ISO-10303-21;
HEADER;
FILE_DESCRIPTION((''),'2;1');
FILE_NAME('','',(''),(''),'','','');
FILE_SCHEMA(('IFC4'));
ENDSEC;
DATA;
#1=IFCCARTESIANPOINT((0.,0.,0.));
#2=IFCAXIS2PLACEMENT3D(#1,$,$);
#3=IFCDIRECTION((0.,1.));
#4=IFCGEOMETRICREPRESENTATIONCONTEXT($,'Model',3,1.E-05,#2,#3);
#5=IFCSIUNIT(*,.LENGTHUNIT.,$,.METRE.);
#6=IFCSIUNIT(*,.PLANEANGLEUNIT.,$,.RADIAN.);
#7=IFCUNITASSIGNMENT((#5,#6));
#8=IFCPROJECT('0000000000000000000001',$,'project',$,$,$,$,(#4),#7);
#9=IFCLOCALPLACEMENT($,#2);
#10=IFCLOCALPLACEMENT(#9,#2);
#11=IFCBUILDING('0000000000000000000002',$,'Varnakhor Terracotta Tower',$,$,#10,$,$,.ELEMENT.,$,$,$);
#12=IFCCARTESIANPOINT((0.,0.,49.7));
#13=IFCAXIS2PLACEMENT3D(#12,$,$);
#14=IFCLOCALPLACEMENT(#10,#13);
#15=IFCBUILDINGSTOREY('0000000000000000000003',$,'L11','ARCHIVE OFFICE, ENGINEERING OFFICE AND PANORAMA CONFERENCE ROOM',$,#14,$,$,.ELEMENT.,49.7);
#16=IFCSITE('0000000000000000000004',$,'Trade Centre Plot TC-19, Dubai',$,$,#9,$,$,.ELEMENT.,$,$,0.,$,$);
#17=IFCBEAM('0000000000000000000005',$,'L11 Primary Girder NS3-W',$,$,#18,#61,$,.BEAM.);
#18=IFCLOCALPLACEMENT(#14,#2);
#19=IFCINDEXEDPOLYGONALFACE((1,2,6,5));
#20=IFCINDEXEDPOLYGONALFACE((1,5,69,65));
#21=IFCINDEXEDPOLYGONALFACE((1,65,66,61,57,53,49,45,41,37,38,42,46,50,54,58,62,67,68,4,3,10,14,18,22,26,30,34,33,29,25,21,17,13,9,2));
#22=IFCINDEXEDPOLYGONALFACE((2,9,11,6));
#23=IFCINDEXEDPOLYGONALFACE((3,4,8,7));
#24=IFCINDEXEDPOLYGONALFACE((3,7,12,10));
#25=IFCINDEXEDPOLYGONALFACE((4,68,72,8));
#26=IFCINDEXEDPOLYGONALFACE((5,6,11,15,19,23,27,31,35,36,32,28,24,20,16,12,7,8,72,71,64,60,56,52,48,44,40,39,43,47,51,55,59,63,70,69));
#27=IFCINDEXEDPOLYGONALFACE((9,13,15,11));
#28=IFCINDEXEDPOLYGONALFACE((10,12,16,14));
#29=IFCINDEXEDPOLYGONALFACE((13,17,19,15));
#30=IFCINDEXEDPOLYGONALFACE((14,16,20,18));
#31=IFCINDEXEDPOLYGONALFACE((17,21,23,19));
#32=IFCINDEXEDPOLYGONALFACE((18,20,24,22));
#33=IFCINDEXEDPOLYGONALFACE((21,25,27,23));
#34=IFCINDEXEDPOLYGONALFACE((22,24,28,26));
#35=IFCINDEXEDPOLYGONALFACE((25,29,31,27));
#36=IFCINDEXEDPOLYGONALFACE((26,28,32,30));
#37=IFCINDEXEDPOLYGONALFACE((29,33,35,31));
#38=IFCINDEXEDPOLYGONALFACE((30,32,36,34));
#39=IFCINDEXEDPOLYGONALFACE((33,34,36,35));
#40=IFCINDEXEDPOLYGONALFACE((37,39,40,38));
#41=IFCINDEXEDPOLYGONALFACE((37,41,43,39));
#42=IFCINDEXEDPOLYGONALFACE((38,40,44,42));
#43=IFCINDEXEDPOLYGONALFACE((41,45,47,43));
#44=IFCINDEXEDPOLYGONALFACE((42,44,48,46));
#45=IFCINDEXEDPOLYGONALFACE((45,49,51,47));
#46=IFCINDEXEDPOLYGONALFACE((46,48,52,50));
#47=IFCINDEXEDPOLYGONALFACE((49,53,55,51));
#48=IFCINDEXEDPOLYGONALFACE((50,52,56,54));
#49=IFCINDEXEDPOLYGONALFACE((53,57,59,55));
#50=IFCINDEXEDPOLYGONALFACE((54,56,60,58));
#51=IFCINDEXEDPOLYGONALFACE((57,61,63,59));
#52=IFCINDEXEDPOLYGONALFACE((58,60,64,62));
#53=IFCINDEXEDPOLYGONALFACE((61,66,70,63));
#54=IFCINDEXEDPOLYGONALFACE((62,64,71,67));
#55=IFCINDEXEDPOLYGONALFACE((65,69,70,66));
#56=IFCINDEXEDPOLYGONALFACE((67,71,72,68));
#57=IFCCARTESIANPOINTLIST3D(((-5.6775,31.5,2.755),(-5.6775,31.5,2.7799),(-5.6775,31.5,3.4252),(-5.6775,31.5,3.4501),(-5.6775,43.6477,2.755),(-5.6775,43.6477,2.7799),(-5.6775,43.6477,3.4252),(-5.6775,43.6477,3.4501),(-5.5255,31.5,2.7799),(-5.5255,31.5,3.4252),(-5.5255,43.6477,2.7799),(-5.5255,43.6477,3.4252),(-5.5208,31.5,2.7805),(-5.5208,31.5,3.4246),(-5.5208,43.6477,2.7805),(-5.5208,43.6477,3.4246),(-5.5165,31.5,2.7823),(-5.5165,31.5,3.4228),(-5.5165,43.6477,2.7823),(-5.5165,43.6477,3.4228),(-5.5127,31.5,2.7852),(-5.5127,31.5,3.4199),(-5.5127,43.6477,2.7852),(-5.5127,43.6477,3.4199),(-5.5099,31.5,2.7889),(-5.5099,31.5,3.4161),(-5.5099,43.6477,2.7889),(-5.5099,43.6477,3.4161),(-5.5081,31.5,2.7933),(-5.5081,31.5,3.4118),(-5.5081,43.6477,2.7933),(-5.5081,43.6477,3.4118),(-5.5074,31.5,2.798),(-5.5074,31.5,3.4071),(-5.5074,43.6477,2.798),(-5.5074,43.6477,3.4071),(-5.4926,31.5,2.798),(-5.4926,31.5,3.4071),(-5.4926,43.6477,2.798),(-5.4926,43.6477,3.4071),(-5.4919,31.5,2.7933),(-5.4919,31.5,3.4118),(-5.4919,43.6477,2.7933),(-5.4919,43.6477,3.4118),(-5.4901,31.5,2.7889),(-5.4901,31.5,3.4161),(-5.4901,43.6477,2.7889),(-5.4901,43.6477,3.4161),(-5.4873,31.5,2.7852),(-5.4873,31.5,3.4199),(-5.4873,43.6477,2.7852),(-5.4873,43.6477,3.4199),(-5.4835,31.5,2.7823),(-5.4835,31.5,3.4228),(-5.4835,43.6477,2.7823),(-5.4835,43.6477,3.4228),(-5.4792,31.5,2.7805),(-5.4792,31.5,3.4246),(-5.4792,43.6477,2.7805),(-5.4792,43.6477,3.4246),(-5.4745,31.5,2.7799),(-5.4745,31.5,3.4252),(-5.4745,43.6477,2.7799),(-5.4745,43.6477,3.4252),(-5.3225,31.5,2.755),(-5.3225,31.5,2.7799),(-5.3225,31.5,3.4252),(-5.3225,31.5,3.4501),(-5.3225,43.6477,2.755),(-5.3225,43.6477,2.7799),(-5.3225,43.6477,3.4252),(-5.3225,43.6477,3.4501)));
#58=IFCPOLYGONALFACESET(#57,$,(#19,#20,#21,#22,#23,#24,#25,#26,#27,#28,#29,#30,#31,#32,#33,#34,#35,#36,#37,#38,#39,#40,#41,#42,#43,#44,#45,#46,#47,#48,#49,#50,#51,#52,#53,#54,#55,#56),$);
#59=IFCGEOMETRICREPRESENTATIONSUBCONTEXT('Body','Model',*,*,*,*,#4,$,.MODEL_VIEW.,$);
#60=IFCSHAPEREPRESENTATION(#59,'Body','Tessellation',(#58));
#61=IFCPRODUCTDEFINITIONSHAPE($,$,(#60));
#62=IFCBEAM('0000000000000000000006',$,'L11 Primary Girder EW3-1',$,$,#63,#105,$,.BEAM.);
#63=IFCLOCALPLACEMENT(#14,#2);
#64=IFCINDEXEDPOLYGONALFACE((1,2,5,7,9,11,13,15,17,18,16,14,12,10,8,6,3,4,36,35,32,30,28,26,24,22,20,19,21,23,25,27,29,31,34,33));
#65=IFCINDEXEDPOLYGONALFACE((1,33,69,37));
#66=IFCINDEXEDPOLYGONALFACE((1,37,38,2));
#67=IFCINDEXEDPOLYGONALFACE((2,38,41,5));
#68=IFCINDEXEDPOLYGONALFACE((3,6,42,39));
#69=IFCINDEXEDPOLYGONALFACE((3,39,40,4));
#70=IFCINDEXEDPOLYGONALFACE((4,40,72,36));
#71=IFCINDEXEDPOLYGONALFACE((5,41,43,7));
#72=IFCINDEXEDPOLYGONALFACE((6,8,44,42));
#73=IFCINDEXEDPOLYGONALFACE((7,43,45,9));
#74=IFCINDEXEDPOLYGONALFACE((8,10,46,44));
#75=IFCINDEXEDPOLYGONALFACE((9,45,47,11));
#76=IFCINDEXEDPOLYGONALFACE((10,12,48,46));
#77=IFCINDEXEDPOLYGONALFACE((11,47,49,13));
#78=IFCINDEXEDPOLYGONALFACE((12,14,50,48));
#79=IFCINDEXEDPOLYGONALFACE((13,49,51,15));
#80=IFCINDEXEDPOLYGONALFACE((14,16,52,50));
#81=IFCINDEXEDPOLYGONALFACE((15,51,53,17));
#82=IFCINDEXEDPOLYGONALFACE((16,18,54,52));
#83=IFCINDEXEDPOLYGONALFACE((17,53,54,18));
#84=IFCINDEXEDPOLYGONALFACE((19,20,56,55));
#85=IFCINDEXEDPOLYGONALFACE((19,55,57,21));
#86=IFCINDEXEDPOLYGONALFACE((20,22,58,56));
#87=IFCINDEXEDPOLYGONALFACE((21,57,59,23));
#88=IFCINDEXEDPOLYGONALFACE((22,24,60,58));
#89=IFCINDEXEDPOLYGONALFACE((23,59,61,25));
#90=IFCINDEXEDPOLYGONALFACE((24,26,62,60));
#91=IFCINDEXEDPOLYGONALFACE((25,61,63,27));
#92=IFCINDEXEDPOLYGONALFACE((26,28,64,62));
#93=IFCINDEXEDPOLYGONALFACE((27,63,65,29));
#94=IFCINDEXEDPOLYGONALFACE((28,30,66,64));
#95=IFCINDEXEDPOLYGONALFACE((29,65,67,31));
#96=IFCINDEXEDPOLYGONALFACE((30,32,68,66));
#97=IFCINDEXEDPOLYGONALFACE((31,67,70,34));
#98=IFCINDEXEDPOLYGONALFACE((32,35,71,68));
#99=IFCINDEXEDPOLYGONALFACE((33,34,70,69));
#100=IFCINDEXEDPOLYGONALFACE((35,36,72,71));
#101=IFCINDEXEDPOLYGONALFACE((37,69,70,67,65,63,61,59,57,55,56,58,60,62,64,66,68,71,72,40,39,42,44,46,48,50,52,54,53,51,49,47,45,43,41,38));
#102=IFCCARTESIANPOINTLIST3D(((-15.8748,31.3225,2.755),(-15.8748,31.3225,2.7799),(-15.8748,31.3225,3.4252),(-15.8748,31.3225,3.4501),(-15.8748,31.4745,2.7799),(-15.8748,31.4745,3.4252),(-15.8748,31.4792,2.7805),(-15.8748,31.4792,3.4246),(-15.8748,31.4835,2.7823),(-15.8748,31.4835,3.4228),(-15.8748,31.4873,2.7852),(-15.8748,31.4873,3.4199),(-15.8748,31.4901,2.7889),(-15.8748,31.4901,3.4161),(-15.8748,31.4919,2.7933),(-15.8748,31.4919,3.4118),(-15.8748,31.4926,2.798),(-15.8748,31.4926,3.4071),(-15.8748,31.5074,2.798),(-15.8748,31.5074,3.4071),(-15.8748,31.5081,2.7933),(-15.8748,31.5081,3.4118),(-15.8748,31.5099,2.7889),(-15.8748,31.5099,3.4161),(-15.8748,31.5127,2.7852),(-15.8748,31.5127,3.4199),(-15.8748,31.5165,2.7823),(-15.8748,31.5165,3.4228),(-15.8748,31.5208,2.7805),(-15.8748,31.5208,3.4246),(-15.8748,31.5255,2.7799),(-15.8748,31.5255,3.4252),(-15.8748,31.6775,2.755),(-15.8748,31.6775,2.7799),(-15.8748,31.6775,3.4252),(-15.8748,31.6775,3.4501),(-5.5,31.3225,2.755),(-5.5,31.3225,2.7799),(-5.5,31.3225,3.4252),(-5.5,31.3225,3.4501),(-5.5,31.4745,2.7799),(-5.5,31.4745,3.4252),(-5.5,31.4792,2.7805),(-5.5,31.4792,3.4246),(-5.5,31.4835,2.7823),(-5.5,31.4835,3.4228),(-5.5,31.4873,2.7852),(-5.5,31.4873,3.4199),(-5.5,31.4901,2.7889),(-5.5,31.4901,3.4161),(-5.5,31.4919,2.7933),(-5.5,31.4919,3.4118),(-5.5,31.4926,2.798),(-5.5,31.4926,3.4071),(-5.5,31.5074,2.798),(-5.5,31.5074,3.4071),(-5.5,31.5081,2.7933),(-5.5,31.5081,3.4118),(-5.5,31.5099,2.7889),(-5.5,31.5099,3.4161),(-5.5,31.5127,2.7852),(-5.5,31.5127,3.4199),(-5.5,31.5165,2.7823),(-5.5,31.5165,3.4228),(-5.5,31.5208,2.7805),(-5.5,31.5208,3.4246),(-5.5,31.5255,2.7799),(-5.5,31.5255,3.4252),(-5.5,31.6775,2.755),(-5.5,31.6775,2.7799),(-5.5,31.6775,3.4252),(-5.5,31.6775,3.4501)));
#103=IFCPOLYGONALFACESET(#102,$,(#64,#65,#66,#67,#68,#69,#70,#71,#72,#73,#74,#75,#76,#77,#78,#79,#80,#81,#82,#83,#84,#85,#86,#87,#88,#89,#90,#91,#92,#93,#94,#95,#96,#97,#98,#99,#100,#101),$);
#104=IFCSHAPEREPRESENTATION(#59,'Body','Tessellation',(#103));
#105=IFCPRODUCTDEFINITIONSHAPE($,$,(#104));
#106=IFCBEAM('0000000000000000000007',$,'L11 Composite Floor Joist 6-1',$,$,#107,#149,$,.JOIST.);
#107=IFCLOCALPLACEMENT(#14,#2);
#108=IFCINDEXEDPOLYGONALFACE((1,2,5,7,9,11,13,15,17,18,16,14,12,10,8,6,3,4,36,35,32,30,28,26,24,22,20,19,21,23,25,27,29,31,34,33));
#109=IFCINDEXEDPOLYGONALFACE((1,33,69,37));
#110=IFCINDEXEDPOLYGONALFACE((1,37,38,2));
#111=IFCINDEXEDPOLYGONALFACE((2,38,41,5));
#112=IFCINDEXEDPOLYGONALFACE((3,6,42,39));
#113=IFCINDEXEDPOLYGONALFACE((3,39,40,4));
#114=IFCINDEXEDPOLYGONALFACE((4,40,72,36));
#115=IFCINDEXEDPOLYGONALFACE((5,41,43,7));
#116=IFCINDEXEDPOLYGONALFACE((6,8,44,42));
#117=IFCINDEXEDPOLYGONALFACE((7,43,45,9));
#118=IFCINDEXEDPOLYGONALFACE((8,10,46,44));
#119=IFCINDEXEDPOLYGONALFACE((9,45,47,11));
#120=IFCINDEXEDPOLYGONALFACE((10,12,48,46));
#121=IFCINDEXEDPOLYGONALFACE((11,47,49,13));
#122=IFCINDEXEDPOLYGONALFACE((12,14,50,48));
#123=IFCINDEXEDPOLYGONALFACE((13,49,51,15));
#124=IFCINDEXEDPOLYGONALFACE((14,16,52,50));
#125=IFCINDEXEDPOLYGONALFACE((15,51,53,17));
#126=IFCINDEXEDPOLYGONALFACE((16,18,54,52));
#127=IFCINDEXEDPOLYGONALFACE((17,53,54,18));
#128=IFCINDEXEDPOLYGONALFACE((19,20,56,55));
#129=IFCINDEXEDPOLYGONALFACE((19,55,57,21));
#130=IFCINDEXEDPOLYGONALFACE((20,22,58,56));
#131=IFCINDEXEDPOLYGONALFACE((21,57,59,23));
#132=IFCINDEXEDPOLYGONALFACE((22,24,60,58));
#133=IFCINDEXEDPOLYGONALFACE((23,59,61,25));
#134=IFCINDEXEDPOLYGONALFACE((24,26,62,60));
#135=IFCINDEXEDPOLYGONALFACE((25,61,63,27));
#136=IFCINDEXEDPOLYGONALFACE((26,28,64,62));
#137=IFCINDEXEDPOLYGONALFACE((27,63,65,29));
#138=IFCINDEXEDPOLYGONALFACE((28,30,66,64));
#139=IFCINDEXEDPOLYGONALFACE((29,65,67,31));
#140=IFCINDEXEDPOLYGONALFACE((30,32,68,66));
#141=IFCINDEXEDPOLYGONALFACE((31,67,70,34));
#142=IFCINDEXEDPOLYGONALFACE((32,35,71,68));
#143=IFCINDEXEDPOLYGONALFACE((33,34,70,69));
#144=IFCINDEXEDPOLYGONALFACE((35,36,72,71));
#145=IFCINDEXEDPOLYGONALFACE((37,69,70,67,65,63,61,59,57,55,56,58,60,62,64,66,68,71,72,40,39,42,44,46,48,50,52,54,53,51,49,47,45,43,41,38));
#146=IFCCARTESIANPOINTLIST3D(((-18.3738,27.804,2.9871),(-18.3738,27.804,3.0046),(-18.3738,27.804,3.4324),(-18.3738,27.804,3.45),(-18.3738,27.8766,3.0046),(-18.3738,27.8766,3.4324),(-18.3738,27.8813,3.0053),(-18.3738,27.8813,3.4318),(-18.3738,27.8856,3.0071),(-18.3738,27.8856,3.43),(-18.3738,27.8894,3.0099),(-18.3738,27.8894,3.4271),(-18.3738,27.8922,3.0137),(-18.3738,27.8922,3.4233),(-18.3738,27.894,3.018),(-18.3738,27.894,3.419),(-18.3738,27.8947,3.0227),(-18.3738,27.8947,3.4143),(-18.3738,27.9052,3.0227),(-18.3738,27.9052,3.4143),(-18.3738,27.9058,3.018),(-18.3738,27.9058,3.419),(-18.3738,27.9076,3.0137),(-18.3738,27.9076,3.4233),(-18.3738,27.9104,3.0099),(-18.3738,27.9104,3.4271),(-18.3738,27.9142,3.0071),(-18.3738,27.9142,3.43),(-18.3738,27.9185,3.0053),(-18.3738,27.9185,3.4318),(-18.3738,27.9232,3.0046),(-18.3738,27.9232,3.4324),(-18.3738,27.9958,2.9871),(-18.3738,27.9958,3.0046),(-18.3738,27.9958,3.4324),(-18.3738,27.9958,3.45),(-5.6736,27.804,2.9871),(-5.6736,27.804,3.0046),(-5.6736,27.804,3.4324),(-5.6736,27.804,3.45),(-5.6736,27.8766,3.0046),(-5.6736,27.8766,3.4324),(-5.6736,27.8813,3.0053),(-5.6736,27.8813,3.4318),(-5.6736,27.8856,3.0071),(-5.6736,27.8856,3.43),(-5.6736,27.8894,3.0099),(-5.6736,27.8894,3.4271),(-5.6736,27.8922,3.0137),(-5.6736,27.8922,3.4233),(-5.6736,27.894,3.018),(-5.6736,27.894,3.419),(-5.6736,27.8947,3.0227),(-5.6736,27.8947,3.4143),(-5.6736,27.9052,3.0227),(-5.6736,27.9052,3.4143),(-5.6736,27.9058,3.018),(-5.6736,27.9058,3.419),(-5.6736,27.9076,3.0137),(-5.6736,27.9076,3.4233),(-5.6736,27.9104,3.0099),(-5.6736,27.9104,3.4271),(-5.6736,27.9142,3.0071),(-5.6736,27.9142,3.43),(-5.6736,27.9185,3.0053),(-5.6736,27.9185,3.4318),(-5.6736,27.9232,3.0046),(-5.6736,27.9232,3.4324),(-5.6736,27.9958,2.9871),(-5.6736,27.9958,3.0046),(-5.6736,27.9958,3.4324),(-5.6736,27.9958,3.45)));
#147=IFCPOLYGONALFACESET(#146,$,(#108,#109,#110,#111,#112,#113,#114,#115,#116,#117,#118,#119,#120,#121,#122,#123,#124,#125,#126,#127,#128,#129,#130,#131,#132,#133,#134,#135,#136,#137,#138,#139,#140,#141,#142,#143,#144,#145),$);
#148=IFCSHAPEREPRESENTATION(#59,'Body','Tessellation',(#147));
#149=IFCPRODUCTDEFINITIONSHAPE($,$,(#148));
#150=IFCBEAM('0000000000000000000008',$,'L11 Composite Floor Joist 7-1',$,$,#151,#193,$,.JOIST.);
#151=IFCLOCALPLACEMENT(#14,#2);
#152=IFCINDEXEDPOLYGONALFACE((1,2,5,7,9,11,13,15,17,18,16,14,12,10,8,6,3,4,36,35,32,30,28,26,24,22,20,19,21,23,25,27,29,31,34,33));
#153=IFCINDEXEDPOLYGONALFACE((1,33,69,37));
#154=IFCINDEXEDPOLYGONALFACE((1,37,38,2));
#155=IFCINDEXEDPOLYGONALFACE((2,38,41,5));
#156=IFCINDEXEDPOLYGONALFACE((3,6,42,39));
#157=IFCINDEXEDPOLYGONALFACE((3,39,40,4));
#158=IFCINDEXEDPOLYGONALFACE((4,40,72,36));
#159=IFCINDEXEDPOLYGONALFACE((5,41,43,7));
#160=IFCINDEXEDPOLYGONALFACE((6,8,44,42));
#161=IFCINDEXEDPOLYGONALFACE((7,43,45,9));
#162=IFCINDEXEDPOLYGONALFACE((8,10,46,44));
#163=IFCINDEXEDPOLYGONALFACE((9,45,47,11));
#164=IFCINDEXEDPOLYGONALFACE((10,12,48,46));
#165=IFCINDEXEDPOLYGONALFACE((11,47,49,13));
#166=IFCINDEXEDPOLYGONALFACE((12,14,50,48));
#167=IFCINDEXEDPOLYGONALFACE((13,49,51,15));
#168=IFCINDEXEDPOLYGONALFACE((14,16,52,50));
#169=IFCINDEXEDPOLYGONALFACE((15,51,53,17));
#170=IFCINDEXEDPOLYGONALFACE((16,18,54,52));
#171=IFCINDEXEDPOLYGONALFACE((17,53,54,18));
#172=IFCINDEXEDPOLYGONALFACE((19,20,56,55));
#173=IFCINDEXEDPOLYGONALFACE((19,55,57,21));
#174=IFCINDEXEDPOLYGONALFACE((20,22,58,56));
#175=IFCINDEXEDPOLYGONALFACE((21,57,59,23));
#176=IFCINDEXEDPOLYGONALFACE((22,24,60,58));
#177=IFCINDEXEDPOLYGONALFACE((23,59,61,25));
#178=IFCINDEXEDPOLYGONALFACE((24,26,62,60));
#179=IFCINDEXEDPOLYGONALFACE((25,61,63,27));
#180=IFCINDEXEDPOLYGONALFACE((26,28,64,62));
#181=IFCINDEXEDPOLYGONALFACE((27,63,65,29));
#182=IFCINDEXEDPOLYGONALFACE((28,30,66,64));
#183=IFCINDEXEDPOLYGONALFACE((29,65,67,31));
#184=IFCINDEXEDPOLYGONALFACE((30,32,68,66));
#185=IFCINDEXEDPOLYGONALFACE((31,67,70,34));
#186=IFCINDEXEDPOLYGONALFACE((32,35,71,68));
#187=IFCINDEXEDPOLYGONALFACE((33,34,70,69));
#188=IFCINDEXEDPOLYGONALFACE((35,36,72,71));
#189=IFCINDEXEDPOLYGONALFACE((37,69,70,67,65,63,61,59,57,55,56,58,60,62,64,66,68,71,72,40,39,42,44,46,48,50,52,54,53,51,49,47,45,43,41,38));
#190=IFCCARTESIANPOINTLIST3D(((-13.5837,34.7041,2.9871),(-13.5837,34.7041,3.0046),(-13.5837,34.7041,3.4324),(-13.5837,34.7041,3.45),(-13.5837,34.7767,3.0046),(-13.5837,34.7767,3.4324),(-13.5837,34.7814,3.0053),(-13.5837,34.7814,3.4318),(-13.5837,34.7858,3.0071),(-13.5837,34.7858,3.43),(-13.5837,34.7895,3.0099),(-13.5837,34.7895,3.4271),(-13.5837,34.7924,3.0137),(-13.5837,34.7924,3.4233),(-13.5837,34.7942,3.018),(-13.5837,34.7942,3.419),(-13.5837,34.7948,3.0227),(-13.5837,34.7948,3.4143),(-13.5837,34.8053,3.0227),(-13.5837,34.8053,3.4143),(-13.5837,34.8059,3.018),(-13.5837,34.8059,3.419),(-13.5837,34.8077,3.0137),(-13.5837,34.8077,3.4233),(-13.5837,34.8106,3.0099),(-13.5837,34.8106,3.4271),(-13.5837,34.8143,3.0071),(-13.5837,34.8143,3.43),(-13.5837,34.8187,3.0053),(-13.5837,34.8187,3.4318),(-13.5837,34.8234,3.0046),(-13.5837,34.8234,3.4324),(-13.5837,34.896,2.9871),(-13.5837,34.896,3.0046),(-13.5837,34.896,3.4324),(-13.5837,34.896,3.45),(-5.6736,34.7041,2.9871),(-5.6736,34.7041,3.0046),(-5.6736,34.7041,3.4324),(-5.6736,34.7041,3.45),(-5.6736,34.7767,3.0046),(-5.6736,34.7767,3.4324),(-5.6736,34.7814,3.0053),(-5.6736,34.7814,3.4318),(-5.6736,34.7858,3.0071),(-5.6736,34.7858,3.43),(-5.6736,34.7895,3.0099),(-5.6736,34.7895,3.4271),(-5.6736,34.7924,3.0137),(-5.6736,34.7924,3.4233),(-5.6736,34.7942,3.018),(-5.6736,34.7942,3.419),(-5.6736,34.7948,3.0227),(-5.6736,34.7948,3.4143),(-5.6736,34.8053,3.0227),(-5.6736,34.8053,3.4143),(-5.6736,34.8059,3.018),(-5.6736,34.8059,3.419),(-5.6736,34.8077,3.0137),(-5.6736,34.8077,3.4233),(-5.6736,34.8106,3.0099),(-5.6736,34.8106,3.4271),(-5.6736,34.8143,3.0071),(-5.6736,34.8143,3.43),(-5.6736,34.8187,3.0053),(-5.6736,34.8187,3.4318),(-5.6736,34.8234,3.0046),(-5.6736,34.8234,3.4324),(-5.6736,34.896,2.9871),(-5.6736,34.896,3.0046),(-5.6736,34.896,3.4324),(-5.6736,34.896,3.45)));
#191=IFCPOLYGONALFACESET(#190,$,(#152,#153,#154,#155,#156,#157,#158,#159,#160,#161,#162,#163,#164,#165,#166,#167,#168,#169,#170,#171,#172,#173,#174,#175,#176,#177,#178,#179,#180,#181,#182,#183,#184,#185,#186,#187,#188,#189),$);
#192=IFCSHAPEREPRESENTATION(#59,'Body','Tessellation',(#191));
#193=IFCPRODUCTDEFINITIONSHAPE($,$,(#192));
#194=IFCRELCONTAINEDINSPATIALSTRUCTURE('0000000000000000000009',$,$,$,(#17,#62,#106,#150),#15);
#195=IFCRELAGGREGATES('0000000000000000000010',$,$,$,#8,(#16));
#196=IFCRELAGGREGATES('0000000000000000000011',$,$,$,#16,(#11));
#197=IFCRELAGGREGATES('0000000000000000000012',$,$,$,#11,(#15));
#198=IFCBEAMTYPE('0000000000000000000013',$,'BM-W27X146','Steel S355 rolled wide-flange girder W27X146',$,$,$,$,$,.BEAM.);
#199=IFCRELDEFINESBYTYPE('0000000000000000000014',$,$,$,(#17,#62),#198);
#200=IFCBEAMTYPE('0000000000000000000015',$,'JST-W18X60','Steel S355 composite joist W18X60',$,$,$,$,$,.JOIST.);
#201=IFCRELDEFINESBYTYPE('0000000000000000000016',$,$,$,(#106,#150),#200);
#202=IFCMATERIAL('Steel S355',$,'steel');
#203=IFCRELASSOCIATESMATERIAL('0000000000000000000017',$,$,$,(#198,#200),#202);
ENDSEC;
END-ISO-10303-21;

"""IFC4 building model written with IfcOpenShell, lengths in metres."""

from ifc_helpers import new_model, si_unit, direction, frame, origin, origin_2d, place, context, subcontext, project, spatial, i_section, extrude, source, transform, mapped, material, material_profile, profile_set, type_object, element, save


model = new_model("IFC4")

# Units and contexts
model_context = context("Model", 3, precision=1e-05, world=origin(), true_north=direction((0.0, 1.0)))
body_context = subcontext(model_context, "Body", "Model", "MODEL_VIEW")
ifc_project = project(units=[si_unit("LENGTHUNIT", "METRE"), si_unit("PLANEANGLEUNIT", "RADIAN")], contexts=[model_context])

# Site, building, storey
site_placement = place(None, origin())
site = spatial("IfcSite", under=ifc_project, at=site_placement, Name="Trade Centre Plot TC-19, Dubai", CompositionType="ELEMENT", RefElevation=0.0)
building_placement = place(site_placement, origin())
building = spatial("IfcBuilding", under=site, at=building_placement, Name="Varnakhor Terracotta Tower", CompositionType="ELEMENT")
storey_placement = place(building_placement, frame((0.0, 0.0, 49.7)))
storey = spatial("IfcBuildingStorey", under=building, at=storey_placement, Name="L11", Description="ARCHIVE OFFICE, ENGINEERING OFFICE AND PANORAMA CONFERENCE ROOM", CompositionType="ELEMENT", Elevation=49.7)

# Beams
ifc_material_1 = material(Name="Steel S355", Category="steel")
ifc_material_profile_1 = material_profile(ifc_material_1, i_section(OverallWidth=0.355, OverallDepth=0.6951, WebThickness=0.0149, FlangeThickness=0.0249, FilletRadius=0.0181, at=origin_2d()), Name="W27X146")
ifc_profile_set_1 = profile_set([ifc_material_profile_1], Name="Steel S355")
beam_type_1 = type_object("IfcBeamType", Name="BM-W27X146", Description="Steel S355 rolled wide-flange girder W27X146", PredefinedType="BEAM", material=ifc_profile_set_1)
ifc_material_profile_2 = material_profile(ifc_material_1, i_section(OverallWidth=0.1919, OverallDepth=0.4629, WebThickness=0.0105, FlangeThickness=0.0176, FilletRadius=0.0181, at=origin_2d()), Name="W18X60")
ifc_profile_set_2 = profile_set([ifc_material_profile_2], Name="Steel S355")
beam_type_2 = type_object("IfcBeamType", Name="JST-W18X60", Description="Steel S355 composite joist W18X60", PredefinedType="JOIST", material=ifc_profile_set_2)
shared_shape_1 = source(origin(), body_context, "Body", "SweptSolid", [
    extrude(i_section(OverallWidth=0.355, OverallDepth=0.6951, WebThickness=0.0149, FlangeThickness=0.0249, FilletRadius=0.0181, at=origin_2d()), origin(), (0.0, 0.0, 1.0), 12.1477),
])
beam_1_placement = place(storey_placement, frame((-5.5, 31.5, 3.1025), z_axis=(0.0, 1.0, 0.0), x_axis=(-1.0, 0.0, 0.0)))
element("IfcBeam", 1, at=beam_1_placement, inside=storey, type_object=beam_type_1, Name="L11 Primary Girder NS3-W", PredefinedType="BEAM", context=body_context, shape_type="MappedRepresentation", body=[
    mapped(shared_shape_1, transform((0.0, 0.0, 0.0), scale=1.0)),
])
shared_shape_2 = source(origin(), body_context, "Body", "SweptSolid", [
    extrude(i_section(OverallWidth=0.355, OverallDepth=0.6951, WebThickness=0.0149, FlangeThickness=0.0249, FilletRadius=0.0181, at=origin_2d()), origin(), (0.0, 0.0, 1.0), 10.3748),
])
beam_2_placement = place(storey_placement, frame((-15.8748, 31.5, 3.1025), z_axis=(1.0, 0.0, 0.0), x_axis=(0.0, 1.0, 0.0)))
element("IfcBeam", 2, at=beam_2_placement, inside=storey, type_object=beam_type_1, Name="L11 Primary Girder EW3-1", PredefinedType="BEAM", context=body_context, shape_type="MappedRepresentation", body=[
    mapped(shared_shape_2, transform((0.0, 0.0, 0.0), scale=1.0)),
])
shared_shape_3 = source(origin(), body_context, "Body", "SweptSolid", [
    extrude(i_section(OverallWidth=0.1919, OverallDepth=0.4629, WebThickness=0.0105, FlangeThickness=0.0176, FilletRadius=0.0181, at=origin_2d()), origin(), (0.0, 0.0, 1.0), 12.7002),
])
beam_3_placement = place(storey_placement, frame((-18.3738, 27.8999, 3.2185), z_axis=(1.0, 0.0, 0.0), x_axis=(0.0, 1.0, 0.0)))
element("IfcBeam", 3, at=beam_3_placement, inside=storey, type_object=beam_type_2, Name="L11 Composite Floor Joist 6-1", PredefinedType="JOIST", context=body_context, shape_type="MappedRepresentation", body=[
    mapped(shared_shape_3, transform((0.0, 0.0, 0.0), scale=1.0)),
])
shared_shape_4 = source(origin(), body_context, "Body", "SweptSolid", [
    extrude(i_section(OverallWidth=0.1919, OverallDepth=0.4629, WebThickness=0.0105, FlangeThickness=0.0176, FilletRadius=0.0181, at=origin_2d()), origin(), (0.0, 0.0, 1.0), 7.9102),
])
beam_4_placement = place(storey_placement, frame((-13.5837, 34.8, 3.2185), z_axis=(1.0, 0.0, 0.0), x_axis=(0.0, 1.0, 0.0)))
element("IfcBeam", 4, at=beam_4_placement, inside=storey, type_object=beam_type_2, Name="L11 Composite Floor Joist 7-1", PredefinedType="JOIST", context=body_context, shape_type="MappedRepresentation", body=[
    mapped(shared_shape_4, transform((0.0, 0.0, 0.0), scale=1.0)),
])

save(model, "model.ifc")
